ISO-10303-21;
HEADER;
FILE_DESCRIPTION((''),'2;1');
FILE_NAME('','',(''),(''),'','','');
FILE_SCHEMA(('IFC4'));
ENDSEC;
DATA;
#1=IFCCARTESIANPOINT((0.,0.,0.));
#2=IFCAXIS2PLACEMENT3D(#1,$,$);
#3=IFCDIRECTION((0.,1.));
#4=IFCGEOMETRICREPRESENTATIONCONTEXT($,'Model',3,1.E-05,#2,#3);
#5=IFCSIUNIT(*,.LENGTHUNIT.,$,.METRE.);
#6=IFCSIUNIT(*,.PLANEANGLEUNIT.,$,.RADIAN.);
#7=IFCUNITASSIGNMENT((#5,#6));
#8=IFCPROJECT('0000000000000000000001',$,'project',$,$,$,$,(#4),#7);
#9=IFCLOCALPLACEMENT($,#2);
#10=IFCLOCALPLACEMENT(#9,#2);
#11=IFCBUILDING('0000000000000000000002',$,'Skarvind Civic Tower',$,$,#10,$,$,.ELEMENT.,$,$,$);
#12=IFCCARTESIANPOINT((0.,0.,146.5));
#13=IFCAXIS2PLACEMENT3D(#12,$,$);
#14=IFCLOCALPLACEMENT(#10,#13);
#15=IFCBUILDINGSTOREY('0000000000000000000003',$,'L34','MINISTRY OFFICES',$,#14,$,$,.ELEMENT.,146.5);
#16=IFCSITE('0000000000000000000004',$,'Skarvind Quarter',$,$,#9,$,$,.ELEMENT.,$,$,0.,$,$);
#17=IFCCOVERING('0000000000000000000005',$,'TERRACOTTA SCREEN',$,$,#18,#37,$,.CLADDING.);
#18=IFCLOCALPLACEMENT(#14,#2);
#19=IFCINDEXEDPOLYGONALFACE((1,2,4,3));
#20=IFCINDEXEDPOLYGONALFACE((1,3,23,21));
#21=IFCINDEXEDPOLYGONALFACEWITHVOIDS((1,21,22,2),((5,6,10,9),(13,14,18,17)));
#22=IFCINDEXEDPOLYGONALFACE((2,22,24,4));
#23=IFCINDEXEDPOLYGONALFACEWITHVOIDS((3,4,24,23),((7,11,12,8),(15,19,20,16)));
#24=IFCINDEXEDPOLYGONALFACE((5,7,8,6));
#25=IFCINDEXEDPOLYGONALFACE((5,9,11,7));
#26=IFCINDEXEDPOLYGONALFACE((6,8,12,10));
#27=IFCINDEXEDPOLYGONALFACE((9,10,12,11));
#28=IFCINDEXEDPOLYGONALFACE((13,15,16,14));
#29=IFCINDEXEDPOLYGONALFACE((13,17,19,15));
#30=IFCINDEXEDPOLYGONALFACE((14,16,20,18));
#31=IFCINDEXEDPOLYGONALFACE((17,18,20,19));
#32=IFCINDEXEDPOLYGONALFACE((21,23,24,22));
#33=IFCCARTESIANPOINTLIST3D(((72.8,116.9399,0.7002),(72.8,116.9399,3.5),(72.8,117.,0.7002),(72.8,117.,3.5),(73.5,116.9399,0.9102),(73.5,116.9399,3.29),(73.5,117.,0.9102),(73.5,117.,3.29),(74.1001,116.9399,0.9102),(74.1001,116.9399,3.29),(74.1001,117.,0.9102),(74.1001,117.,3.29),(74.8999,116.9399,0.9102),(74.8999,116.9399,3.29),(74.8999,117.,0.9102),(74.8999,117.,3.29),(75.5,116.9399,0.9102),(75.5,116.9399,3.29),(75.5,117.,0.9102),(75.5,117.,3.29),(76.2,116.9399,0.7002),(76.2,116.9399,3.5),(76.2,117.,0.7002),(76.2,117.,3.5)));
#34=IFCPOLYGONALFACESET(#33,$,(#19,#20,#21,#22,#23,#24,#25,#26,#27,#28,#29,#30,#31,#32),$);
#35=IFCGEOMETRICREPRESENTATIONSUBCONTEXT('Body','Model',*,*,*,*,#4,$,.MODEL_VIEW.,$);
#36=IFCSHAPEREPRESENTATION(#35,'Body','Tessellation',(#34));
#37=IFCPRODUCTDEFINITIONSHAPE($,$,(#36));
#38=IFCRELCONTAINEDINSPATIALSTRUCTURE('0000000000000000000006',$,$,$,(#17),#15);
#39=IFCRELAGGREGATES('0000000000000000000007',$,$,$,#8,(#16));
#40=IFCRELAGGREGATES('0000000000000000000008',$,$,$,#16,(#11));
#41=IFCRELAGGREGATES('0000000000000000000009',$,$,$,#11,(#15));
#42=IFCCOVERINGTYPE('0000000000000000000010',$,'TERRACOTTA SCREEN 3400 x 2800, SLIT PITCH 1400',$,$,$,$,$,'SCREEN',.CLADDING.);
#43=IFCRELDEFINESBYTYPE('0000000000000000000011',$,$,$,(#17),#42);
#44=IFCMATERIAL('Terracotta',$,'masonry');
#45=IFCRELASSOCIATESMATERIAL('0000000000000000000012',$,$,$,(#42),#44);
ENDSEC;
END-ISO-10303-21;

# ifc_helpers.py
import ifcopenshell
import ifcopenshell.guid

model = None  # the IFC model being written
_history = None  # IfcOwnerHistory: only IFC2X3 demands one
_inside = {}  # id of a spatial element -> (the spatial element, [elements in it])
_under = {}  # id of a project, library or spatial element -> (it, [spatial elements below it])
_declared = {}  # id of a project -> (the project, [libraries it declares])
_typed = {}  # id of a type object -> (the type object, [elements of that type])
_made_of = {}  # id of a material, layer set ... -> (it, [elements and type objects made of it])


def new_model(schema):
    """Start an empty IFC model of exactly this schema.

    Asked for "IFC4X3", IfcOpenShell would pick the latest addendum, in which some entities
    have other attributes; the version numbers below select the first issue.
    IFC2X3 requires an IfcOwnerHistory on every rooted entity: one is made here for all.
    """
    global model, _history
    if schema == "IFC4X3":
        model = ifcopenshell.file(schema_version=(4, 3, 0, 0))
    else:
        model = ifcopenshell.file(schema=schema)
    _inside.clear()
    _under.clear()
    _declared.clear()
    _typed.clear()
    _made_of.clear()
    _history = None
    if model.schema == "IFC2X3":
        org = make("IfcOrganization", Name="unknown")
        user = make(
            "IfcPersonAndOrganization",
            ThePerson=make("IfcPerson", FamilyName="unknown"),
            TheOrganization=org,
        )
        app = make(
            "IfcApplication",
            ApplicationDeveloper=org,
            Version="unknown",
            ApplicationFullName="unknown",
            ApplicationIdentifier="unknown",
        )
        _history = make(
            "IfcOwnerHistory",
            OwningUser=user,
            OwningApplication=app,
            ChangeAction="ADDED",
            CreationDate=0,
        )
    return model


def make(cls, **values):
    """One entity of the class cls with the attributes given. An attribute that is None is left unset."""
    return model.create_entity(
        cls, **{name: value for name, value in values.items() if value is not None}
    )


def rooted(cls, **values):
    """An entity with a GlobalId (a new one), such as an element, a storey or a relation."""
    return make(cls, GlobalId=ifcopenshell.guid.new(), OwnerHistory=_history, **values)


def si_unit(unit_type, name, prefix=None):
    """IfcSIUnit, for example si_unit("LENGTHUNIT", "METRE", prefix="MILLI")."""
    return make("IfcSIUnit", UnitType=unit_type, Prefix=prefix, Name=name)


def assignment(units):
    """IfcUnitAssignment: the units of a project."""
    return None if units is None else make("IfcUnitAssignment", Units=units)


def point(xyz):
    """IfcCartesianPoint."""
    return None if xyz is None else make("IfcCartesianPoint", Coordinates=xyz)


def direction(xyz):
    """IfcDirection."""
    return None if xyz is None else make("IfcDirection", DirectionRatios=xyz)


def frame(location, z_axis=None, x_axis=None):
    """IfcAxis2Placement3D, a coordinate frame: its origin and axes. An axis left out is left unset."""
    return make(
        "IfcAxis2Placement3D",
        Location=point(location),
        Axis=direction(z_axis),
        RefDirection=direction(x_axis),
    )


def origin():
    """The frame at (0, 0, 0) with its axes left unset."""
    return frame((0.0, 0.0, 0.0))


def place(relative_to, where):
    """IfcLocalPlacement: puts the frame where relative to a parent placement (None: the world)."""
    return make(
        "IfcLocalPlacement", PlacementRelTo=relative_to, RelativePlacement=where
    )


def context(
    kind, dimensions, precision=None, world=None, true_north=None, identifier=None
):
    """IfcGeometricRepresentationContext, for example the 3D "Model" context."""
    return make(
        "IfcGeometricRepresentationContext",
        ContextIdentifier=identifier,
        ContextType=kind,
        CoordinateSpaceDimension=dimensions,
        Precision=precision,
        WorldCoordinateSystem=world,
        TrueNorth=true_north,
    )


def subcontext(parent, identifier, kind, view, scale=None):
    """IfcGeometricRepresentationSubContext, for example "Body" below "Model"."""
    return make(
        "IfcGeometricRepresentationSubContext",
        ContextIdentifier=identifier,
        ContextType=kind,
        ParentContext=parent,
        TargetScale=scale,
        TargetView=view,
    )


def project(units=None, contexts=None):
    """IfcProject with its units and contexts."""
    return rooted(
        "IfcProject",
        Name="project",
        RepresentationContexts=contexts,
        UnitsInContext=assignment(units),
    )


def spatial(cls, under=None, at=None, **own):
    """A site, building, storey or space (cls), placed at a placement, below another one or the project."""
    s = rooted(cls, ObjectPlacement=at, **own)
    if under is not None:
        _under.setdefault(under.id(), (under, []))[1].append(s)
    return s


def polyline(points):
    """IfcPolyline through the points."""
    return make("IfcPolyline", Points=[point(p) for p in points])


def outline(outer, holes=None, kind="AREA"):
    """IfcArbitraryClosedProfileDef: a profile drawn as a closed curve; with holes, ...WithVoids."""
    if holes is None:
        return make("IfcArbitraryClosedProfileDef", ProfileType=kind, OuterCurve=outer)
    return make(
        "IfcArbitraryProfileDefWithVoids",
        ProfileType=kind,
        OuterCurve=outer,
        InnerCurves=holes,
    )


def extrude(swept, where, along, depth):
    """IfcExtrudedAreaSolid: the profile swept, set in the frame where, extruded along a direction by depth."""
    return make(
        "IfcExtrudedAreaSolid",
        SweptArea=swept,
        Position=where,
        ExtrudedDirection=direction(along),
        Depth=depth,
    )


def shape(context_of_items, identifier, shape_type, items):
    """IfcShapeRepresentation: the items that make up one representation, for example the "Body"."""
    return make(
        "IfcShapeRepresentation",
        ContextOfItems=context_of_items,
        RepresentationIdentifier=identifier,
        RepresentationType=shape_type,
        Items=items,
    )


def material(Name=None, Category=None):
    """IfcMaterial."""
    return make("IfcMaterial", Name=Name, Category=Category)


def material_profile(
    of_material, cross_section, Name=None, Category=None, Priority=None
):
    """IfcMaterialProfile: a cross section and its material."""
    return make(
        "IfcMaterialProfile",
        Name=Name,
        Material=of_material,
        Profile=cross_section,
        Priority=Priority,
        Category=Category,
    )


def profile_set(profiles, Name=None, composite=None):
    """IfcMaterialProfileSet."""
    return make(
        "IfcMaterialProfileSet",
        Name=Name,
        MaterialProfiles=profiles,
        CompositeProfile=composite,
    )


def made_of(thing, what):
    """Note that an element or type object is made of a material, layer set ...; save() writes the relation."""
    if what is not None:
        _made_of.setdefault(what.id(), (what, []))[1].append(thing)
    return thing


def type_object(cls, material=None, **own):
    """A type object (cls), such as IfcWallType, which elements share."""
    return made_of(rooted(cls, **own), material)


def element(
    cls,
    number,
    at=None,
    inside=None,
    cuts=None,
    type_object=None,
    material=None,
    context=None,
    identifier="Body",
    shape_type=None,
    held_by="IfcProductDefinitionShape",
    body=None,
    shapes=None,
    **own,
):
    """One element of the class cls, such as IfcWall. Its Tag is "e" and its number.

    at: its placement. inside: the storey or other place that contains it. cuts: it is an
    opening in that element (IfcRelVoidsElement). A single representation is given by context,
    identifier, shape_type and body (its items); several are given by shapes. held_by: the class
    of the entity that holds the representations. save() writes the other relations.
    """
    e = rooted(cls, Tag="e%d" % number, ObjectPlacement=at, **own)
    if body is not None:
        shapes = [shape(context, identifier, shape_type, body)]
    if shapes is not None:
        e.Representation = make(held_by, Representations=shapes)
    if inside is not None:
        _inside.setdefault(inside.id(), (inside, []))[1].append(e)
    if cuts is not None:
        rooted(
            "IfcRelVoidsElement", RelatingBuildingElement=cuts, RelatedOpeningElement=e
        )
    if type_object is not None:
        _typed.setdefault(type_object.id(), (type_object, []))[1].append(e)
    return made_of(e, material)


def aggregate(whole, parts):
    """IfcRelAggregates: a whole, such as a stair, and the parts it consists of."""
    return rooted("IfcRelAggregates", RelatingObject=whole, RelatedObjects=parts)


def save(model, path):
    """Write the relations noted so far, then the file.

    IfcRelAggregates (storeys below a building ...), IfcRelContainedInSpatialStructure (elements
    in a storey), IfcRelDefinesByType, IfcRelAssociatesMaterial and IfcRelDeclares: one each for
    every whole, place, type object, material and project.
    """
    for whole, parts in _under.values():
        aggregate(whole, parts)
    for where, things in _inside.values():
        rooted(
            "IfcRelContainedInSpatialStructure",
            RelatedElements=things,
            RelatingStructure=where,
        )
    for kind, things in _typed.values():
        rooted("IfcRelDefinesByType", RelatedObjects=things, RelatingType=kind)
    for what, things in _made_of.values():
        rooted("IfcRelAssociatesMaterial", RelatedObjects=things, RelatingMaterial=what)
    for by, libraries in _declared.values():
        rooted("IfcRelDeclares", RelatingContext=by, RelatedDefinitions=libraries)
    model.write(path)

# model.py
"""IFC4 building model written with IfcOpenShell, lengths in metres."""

from ifc_helpers import new_model, si_unit, direction, frame, origin, place, context, subcontext, project, spatial, polyline, outline, extrude, material, material_profile, profile_set, type_object, element, save


model = new_model("IFC4")

# Units and contexts
model_context = context("Model", 3, precision=1e-05, world=origin(), true_north=direction((0.0, 1.0)))
body_context = subcontext(model_context, "Body", "Model", "MODEL_VIEW")
ifc_project = project(units=[si_unit("LENGTHUNIT", "METRE"), si_unit("PLANEANGLEUNIT", "RADIAN")], contexts=[model_context])

# Site, building, storey
site_placement = place(None, origin())
site = spatial("IfcSite", under=ifc_project, at=site_placement, Name="Skarvind Quarter", CompositionType="ELEMENT", RefElevation=0.0)
building_placement = place(site_placement, origin())
building = spatial("IfcBuilding", under=site, at=building_placement, Name="Skarvind Civic Tower", CompositionType="ELEMENT")
storey_placement = place(building_placement, frame((0.0, 0.0, 146.5)))
storey = spatial("IfcBuildingStorey", under=building, at=storey_placement, Name="L34", Description="MINISTRY OFFICES", CompositionType="ELEMENT", Elevation=146.5)

# Covering
ifc_material_1 = material(Name="Terracotta", Category="masonry")
ifc_material_profile_1 = material_profile(ifc_material_1, outline(polyline([(-1.7, -1.3999), (1.7, -1.3999), (1.7, 1.3999), (-1.7, 1.3999), (-1.7, -1.3999)]), holes=[polyline([(-1.0, -1.1899), (-0.3999, -1.1899), (-0.3999, 1.1899), (-1.0, 1.1899), (-1.0, -1.1899)]), polyline([(0.3999, -1.1899), (1.0, -1.1899), (1.0, 1.1899), (0.3999, 1.1899), (0.3999, -1.1899)])]), Name="TERRACOTTA SCREEN 3400 x 2800, SLIT PITCH 1400")
ifc_profile_set_1 = profile_set([ifc_material_profile_1], Name="Terracotta")
covering_type = type_object("IfcCoveringType", Name="TERRACOTTA SCREEN 3400 x 2800, SLIT PITCH 1400", ElementType="SCREEN", PredefinedType="CLADDING", material=ifc_profile_set_1)
for number, where, z_axis, x_axis, name in (
    (1, (74.5, 117.0, 2.1001), (0.0, -1.0, 0.0), (1.0, 0.0, 0.0), "TERRACOTTA SCREEN"),
):
    element("IfcCovering", number, at=place(storey_placement, frame(where, z_axis=z_axis, x_axis=x_axis)), inside=storey, type_object=covering_type, Name=name, PredefinedType="CLADDING", context=body_context, shape_type="SweptSolid", body=[
        extrude(outline(polyline([(-1.7, -1.3999), (1.7, -1.3999), (1.7, 1.3999), (-1.7, 1.3999), (-1.7, -1.3999)]), holes=[polyline([(-1.0, -1.1899), (-0.3999, -1.1899), (-0.3999, 1.1899), (-1.0, 1.1899), (-1.0, -1.1899)]), polyline([(0.3999, -1.1899), (1.0, -1.1899), (1.0, 1.1899), (0.3999, 1.1899), (0.3999, -1.1899)])]), origin(), (0.0, 0.0, 1.0), 0.0601),
    ])

save(model, "model.ifc")
